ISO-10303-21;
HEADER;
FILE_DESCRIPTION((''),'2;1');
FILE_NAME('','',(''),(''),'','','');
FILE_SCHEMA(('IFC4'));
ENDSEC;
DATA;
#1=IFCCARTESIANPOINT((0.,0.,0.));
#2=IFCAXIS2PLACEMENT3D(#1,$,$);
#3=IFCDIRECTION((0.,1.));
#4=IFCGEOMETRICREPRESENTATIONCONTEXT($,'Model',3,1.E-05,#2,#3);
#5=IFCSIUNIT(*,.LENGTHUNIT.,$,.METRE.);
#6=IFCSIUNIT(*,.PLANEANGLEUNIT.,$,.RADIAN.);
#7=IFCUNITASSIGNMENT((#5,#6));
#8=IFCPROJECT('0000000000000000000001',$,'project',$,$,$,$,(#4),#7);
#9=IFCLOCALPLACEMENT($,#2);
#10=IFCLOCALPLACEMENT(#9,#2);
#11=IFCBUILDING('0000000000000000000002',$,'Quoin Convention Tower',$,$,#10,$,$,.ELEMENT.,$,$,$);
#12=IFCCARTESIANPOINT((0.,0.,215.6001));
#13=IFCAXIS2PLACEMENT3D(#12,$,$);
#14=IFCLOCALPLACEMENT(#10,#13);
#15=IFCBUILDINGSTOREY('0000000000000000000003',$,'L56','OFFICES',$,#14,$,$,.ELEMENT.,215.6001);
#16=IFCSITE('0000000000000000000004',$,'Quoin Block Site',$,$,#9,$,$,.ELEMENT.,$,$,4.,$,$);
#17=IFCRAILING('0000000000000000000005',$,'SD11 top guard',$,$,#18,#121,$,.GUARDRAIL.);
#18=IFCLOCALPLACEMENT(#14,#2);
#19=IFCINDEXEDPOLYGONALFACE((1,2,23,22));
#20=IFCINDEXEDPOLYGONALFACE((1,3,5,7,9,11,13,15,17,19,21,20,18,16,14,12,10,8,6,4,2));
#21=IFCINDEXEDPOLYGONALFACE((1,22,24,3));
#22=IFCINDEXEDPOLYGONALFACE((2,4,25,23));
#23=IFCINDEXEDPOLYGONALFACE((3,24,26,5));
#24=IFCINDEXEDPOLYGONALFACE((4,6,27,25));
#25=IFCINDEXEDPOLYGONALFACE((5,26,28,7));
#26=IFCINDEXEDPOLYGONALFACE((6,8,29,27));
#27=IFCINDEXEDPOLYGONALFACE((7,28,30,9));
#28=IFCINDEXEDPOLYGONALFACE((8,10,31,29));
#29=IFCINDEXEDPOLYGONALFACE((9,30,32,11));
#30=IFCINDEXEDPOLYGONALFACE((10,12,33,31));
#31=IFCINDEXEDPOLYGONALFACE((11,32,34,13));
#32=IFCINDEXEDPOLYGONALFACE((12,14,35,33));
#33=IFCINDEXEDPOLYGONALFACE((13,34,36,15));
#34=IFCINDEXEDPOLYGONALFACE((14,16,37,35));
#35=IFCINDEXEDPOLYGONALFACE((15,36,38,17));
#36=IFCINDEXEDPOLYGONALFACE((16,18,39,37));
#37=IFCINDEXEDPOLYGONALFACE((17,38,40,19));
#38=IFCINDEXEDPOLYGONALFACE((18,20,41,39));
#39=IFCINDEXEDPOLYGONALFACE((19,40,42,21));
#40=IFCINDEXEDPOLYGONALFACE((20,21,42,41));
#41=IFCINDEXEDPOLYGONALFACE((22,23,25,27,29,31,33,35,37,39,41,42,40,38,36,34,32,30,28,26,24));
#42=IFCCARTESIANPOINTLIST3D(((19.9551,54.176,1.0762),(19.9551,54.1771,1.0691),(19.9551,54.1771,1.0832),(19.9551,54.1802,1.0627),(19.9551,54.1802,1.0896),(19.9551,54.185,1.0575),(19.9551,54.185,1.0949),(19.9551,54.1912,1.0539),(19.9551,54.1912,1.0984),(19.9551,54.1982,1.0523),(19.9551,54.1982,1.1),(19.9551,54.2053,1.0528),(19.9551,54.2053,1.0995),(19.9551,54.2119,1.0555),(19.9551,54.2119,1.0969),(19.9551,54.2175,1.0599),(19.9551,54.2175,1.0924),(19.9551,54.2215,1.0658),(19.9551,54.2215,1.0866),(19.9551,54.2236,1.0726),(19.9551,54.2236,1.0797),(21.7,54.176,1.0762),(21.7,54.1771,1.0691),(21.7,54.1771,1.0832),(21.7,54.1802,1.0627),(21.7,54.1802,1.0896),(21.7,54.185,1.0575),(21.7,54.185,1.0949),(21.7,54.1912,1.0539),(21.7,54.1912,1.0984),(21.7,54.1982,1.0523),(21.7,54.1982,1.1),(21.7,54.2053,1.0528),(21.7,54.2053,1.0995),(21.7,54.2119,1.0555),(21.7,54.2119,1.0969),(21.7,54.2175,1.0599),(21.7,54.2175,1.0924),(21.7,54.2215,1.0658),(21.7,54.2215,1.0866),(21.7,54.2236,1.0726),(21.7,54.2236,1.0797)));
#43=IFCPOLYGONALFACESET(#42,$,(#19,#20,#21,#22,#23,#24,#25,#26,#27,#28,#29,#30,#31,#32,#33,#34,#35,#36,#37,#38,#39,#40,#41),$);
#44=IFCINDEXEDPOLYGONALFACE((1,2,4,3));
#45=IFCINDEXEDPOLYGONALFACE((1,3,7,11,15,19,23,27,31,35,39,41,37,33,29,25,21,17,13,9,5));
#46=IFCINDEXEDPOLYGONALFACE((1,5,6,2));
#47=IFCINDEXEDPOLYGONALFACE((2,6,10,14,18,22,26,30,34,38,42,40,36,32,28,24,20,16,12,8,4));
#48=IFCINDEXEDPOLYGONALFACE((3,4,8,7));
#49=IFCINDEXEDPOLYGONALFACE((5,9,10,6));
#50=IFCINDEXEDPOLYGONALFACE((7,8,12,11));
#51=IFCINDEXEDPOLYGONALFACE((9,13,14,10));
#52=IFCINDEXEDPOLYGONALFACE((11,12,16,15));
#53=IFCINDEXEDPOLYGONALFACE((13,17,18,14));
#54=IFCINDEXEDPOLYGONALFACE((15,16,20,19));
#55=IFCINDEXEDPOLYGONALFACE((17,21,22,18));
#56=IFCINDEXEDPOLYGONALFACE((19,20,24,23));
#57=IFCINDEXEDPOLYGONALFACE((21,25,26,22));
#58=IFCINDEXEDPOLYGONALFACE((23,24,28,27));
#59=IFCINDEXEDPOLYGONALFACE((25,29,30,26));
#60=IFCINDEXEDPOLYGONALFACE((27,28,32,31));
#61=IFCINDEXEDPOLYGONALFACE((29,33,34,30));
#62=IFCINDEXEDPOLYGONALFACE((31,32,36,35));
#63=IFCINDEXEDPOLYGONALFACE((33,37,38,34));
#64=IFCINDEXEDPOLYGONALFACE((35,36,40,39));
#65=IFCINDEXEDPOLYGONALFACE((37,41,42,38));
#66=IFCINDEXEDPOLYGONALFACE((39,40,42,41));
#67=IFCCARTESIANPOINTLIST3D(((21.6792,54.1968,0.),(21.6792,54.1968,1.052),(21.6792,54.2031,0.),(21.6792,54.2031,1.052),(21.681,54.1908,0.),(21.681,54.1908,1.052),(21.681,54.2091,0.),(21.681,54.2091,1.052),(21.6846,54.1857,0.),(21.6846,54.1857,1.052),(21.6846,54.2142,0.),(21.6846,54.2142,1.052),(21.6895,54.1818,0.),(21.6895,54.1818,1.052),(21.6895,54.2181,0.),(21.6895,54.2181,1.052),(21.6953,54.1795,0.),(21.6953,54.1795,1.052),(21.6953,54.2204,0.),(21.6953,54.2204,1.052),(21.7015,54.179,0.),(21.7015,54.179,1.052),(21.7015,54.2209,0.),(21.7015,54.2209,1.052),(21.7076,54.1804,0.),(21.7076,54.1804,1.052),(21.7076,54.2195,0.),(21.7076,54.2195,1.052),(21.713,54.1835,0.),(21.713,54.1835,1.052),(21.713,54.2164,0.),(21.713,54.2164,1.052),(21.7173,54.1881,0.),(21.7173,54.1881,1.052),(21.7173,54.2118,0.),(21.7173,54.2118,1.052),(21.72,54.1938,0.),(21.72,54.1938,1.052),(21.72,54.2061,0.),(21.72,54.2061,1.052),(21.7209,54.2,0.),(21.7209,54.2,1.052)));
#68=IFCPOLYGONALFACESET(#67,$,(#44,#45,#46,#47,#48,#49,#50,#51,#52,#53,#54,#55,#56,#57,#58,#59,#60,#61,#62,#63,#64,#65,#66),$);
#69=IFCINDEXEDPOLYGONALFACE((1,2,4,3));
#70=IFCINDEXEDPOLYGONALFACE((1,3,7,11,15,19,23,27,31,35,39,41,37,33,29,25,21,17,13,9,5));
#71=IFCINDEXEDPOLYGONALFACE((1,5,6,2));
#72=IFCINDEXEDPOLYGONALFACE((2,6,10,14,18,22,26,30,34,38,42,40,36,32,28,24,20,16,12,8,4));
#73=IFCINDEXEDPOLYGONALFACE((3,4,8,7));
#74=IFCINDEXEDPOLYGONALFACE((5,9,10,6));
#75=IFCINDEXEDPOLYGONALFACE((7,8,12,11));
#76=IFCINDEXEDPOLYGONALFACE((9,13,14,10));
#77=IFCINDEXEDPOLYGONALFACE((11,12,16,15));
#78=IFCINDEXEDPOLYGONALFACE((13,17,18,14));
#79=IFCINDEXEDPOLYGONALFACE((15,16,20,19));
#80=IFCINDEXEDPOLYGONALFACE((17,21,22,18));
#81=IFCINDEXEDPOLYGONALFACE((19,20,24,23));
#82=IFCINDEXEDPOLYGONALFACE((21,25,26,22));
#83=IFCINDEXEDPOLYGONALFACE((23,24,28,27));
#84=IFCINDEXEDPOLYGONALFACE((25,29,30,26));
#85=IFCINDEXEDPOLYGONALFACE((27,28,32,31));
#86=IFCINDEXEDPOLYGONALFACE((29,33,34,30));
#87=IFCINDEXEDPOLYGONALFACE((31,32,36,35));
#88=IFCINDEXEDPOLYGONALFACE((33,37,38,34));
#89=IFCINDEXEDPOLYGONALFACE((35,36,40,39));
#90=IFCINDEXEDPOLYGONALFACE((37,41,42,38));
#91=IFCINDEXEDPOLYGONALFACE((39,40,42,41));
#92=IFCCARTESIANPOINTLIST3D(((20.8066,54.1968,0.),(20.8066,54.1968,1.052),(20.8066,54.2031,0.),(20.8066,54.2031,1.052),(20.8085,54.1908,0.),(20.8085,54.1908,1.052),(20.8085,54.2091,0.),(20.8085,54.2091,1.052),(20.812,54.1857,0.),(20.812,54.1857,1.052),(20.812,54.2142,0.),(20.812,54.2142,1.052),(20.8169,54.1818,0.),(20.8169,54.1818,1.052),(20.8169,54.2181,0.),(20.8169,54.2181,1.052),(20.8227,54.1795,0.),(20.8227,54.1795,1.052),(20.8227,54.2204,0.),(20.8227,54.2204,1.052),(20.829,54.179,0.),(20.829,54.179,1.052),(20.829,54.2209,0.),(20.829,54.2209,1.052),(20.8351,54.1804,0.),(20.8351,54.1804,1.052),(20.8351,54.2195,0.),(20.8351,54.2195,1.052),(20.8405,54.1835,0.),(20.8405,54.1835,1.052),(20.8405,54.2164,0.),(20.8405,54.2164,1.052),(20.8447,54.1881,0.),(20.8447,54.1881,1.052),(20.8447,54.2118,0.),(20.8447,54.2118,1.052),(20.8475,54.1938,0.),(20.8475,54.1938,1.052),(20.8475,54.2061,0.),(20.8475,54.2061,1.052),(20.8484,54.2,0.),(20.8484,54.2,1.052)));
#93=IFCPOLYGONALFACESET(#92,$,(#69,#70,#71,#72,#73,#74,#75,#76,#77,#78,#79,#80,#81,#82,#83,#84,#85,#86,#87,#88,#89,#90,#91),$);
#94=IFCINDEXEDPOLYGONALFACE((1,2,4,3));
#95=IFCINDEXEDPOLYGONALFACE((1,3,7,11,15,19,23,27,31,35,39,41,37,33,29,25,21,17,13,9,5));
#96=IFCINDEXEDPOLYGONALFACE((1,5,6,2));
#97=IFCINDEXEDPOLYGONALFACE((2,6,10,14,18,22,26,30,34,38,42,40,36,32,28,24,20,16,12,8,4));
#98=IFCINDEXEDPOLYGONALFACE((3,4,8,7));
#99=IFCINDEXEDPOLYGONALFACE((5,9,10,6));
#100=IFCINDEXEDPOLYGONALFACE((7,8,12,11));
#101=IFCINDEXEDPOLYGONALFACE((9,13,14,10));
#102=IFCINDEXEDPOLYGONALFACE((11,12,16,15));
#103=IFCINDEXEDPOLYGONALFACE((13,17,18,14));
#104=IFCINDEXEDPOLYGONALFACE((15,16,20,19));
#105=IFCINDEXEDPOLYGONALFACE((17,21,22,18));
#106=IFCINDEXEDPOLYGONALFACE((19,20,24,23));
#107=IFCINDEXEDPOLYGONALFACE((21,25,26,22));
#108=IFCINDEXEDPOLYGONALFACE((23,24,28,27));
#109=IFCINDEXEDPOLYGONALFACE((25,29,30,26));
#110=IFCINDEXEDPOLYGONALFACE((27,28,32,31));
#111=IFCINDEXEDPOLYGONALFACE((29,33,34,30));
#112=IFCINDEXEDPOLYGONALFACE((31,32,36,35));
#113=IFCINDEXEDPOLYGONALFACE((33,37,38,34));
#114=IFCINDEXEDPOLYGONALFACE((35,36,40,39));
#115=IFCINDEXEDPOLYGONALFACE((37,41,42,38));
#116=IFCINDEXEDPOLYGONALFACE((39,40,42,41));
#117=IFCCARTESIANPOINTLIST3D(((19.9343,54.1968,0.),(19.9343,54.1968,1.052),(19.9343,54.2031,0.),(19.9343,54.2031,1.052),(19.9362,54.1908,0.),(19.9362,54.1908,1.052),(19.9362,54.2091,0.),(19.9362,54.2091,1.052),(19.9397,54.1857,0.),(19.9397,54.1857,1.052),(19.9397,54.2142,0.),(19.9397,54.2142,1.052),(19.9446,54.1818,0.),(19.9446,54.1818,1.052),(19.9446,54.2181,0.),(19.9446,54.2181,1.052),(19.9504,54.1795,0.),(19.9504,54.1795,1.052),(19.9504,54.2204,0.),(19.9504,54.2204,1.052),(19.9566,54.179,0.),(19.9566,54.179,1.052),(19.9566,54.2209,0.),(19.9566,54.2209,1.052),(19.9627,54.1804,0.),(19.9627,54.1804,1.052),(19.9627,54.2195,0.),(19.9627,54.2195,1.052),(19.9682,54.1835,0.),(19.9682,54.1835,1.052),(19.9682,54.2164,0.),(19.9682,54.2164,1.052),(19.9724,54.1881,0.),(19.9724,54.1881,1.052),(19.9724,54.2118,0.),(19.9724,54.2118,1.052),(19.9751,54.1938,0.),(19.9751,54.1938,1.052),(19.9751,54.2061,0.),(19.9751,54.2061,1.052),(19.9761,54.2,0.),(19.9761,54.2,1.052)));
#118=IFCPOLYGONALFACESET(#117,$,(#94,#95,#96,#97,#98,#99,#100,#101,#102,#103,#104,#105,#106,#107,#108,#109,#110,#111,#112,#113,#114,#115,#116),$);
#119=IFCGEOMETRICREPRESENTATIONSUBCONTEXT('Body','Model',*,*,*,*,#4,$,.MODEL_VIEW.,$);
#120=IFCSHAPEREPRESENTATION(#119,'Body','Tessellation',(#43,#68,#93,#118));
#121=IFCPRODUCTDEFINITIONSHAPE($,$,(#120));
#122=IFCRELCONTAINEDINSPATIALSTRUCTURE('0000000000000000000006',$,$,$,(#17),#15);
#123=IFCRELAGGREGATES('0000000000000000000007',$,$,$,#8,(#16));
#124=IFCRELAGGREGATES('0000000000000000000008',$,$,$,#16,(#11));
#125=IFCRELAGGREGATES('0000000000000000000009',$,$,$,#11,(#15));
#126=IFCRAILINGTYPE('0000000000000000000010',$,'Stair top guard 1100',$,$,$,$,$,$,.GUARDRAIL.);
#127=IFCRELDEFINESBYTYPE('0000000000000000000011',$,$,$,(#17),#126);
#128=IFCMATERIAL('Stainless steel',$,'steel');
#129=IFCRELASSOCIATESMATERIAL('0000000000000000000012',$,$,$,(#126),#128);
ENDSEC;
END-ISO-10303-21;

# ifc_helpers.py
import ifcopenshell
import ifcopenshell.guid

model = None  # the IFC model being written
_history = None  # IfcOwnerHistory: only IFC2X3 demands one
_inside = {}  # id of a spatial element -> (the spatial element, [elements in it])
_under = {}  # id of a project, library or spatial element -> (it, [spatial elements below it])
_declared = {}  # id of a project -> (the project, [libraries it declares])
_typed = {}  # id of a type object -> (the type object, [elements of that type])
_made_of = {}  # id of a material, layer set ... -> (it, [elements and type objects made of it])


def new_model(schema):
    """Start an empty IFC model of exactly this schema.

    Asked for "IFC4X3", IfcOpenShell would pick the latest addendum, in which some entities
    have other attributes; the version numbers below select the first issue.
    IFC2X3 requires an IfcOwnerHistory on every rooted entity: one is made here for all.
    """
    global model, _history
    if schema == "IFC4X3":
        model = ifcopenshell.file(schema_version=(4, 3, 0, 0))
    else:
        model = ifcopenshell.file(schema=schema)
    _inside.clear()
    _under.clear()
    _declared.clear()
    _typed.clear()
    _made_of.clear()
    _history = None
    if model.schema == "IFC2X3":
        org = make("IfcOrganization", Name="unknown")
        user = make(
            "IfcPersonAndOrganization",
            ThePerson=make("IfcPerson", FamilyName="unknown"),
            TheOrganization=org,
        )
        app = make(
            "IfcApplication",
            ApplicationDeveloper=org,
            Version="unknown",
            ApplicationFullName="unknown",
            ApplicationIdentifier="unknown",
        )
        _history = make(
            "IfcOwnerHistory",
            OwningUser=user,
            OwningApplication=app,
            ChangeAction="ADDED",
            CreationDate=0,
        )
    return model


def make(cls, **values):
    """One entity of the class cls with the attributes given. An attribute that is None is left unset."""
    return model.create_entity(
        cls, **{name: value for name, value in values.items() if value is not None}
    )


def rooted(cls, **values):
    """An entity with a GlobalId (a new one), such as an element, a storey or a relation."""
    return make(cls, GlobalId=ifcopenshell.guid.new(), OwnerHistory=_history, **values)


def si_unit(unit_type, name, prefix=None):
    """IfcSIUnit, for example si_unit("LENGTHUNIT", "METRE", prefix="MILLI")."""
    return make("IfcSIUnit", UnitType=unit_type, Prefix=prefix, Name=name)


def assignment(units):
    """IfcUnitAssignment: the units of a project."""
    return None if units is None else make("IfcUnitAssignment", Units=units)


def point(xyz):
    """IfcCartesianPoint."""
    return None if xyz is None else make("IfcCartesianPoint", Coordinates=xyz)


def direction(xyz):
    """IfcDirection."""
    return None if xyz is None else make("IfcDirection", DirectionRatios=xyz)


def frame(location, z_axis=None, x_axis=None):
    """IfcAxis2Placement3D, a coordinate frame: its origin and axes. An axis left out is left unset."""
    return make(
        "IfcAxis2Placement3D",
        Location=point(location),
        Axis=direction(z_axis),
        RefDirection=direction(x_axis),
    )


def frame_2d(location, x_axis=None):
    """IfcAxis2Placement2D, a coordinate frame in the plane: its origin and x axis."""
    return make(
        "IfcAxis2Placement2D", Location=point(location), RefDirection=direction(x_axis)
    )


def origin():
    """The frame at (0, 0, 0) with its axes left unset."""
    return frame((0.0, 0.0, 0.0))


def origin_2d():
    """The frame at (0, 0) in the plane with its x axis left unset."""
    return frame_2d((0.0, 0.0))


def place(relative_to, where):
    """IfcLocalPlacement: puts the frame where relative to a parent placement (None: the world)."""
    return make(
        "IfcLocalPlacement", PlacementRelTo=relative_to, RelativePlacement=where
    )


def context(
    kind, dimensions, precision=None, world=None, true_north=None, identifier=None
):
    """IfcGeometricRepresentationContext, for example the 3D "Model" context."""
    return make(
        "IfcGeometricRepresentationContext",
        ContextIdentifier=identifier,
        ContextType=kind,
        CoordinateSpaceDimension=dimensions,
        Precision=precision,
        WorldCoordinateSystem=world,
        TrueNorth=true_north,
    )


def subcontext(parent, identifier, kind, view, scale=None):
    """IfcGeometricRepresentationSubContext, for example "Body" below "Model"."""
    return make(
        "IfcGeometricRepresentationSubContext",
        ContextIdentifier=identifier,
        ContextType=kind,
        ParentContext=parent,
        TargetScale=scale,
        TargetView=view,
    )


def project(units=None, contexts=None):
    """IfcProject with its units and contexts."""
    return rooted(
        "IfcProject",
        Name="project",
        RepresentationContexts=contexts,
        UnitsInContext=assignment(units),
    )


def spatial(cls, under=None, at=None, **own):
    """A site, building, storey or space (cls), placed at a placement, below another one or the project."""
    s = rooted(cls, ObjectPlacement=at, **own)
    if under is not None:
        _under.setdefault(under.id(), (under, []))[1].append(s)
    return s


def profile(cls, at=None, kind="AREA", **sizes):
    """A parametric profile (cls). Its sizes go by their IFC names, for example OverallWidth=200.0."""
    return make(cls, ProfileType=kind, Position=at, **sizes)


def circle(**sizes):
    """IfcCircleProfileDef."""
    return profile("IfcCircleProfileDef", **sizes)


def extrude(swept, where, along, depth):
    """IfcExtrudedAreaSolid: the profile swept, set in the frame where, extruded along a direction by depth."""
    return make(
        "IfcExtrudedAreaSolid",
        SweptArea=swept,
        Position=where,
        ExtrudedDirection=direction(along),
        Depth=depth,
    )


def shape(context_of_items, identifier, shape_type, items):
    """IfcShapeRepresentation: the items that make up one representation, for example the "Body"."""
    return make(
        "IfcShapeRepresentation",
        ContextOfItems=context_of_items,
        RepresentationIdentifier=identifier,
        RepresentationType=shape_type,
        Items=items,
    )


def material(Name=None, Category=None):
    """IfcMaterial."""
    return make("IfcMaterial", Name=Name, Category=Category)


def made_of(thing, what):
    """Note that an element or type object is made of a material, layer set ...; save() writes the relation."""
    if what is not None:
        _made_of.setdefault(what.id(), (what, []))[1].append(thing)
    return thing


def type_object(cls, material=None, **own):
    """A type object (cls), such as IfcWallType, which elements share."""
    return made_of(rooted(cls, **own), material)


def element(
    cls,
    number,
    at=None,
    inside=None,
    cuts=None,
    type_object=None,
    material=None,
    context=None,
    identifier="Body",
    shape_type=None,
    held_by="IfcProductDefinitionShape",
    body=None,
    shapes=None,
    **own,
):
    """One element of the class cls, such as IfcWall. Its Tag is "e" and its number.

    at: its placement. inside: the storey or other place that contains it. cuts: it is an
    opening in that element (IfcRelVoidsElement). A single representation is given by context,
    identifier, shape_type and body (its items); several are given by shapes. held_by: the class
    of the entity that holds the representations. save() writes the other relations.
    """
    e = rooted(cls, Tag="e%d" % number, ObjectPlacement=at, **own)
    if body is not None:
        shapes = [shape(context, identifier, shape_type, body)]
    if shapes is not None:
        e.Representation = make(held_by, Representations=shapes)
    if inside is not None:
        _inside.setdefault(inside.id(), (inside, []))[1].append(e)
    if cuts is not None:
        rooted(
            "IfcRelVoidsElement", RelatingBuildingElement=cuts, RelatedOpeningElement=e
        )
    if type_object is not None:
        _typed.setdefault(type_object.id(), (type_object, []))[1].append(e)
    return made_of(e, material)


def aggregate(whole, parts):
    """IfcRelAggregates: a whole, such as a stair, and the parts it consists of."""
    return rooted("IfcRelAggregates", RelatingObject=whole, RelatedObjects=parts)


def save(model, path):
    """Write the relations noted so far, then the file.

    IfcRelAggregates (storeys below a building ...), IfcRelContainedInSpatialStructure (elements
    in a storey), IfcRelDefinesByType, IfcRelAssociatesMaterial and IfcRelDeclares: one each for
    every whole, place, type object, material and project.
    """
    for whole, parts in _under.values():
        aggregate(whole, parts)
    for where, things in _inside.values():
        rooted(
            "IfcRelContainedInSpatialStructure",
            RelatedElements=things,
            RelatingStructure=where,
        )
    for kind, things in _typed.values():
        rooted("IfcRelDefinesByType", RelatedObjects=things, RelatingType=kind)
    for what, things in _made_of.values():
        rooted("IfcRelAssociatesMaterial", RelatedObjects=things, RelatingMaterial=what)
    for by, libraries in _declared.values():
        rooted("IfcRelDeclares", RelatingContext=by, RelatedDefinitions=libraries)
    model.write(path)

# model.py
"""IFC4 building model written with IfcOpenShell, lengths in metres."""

from ifc_helpers import new_model, si_unit, direction, frame, origin, origin_2d, place, context, subcontext, project, spatial, circle, extrude, material, type_object, element, save


model = new_model("IFC4")

# Units and contexts
model_context = context("Model", 3, precision=1e-05, world=origin(), true_north=direction((0.0, 1.0)))
body_context = subcontext(model_context, "Body", "Model", "MODEL_VIEW")
ifc_project = project(units=[si_unit("LENGTHUNIT", "METRE"), si_unit("PLANEANGLEUNIT", "RADIAN")], contexts=[model_context])

# Site, building, storey
site_placement = place(None, origin())
site = spatial("IfcSite", under=ifc_project, at=site_placement, Name="Quoin Block Site", CompositionType="ELEMENT", RefElevation=4.0)
building_placement = place(site_placement, origin())
building = spatial("IfcBuilding", under=site, at=building_placement, Name="Quoin Convention Tower", CompositionType="ELEMENT")
storey_placement = place(building_placement, frame((0.0, 0.0, 215.6001)))
storey = spatial("IfcBuildingStorey", under=building, at=storey_placement, Name="L56", Description="OFFICES", CompositionType="ELEMENT", Elevation=215.6001)

# Railing
ifc_material_1 = material(Name="Stainless steel", Category="steel")
railing_type_1 = type_object("IfcRailingType", Name="Stair top guard 1100", PredefinedType="GUARDRAIL", material=ifc_material_1)
railing_1_placement = place(storey_placement, frame((21.7, 54.2, 0.0)))
element("IfcRailing", 1, at=railing_1_placement, inside=storey, type_object=railing_type_1, Name="SD11 top guard", PredefinedType="GUARDRAIL", context=body_context, shape_type="SweptSolid", body=[
    extrude(circle(Radius=0.0239, at=origin_2d()), frame((0.0, 0.0, 1.0762), z_axis=(-1.0, 0.0, 0.0), x_axis=(0.0, -1.0, 0.0)), (0.0, 0.0, 1.0), 1.7449),
    extrude(circle(Radius=0.021, at=origin_2d()), origin(), (0.0, 0.0, 1.0), 1.052),
    extrude(circle(Radius=0.021, at=origin_2d()), frame((-0.8726, 0.0, 0.0)), (0.0, 0.0, 1.0), 1.052),
    extrude(circle(Radius=0.021, at=origin_2d()), frame((-1.7449, 0.0, 0.0)), (0.0, 0.0, 1.0), 1.052),
])

save(model, "model.ifc")
